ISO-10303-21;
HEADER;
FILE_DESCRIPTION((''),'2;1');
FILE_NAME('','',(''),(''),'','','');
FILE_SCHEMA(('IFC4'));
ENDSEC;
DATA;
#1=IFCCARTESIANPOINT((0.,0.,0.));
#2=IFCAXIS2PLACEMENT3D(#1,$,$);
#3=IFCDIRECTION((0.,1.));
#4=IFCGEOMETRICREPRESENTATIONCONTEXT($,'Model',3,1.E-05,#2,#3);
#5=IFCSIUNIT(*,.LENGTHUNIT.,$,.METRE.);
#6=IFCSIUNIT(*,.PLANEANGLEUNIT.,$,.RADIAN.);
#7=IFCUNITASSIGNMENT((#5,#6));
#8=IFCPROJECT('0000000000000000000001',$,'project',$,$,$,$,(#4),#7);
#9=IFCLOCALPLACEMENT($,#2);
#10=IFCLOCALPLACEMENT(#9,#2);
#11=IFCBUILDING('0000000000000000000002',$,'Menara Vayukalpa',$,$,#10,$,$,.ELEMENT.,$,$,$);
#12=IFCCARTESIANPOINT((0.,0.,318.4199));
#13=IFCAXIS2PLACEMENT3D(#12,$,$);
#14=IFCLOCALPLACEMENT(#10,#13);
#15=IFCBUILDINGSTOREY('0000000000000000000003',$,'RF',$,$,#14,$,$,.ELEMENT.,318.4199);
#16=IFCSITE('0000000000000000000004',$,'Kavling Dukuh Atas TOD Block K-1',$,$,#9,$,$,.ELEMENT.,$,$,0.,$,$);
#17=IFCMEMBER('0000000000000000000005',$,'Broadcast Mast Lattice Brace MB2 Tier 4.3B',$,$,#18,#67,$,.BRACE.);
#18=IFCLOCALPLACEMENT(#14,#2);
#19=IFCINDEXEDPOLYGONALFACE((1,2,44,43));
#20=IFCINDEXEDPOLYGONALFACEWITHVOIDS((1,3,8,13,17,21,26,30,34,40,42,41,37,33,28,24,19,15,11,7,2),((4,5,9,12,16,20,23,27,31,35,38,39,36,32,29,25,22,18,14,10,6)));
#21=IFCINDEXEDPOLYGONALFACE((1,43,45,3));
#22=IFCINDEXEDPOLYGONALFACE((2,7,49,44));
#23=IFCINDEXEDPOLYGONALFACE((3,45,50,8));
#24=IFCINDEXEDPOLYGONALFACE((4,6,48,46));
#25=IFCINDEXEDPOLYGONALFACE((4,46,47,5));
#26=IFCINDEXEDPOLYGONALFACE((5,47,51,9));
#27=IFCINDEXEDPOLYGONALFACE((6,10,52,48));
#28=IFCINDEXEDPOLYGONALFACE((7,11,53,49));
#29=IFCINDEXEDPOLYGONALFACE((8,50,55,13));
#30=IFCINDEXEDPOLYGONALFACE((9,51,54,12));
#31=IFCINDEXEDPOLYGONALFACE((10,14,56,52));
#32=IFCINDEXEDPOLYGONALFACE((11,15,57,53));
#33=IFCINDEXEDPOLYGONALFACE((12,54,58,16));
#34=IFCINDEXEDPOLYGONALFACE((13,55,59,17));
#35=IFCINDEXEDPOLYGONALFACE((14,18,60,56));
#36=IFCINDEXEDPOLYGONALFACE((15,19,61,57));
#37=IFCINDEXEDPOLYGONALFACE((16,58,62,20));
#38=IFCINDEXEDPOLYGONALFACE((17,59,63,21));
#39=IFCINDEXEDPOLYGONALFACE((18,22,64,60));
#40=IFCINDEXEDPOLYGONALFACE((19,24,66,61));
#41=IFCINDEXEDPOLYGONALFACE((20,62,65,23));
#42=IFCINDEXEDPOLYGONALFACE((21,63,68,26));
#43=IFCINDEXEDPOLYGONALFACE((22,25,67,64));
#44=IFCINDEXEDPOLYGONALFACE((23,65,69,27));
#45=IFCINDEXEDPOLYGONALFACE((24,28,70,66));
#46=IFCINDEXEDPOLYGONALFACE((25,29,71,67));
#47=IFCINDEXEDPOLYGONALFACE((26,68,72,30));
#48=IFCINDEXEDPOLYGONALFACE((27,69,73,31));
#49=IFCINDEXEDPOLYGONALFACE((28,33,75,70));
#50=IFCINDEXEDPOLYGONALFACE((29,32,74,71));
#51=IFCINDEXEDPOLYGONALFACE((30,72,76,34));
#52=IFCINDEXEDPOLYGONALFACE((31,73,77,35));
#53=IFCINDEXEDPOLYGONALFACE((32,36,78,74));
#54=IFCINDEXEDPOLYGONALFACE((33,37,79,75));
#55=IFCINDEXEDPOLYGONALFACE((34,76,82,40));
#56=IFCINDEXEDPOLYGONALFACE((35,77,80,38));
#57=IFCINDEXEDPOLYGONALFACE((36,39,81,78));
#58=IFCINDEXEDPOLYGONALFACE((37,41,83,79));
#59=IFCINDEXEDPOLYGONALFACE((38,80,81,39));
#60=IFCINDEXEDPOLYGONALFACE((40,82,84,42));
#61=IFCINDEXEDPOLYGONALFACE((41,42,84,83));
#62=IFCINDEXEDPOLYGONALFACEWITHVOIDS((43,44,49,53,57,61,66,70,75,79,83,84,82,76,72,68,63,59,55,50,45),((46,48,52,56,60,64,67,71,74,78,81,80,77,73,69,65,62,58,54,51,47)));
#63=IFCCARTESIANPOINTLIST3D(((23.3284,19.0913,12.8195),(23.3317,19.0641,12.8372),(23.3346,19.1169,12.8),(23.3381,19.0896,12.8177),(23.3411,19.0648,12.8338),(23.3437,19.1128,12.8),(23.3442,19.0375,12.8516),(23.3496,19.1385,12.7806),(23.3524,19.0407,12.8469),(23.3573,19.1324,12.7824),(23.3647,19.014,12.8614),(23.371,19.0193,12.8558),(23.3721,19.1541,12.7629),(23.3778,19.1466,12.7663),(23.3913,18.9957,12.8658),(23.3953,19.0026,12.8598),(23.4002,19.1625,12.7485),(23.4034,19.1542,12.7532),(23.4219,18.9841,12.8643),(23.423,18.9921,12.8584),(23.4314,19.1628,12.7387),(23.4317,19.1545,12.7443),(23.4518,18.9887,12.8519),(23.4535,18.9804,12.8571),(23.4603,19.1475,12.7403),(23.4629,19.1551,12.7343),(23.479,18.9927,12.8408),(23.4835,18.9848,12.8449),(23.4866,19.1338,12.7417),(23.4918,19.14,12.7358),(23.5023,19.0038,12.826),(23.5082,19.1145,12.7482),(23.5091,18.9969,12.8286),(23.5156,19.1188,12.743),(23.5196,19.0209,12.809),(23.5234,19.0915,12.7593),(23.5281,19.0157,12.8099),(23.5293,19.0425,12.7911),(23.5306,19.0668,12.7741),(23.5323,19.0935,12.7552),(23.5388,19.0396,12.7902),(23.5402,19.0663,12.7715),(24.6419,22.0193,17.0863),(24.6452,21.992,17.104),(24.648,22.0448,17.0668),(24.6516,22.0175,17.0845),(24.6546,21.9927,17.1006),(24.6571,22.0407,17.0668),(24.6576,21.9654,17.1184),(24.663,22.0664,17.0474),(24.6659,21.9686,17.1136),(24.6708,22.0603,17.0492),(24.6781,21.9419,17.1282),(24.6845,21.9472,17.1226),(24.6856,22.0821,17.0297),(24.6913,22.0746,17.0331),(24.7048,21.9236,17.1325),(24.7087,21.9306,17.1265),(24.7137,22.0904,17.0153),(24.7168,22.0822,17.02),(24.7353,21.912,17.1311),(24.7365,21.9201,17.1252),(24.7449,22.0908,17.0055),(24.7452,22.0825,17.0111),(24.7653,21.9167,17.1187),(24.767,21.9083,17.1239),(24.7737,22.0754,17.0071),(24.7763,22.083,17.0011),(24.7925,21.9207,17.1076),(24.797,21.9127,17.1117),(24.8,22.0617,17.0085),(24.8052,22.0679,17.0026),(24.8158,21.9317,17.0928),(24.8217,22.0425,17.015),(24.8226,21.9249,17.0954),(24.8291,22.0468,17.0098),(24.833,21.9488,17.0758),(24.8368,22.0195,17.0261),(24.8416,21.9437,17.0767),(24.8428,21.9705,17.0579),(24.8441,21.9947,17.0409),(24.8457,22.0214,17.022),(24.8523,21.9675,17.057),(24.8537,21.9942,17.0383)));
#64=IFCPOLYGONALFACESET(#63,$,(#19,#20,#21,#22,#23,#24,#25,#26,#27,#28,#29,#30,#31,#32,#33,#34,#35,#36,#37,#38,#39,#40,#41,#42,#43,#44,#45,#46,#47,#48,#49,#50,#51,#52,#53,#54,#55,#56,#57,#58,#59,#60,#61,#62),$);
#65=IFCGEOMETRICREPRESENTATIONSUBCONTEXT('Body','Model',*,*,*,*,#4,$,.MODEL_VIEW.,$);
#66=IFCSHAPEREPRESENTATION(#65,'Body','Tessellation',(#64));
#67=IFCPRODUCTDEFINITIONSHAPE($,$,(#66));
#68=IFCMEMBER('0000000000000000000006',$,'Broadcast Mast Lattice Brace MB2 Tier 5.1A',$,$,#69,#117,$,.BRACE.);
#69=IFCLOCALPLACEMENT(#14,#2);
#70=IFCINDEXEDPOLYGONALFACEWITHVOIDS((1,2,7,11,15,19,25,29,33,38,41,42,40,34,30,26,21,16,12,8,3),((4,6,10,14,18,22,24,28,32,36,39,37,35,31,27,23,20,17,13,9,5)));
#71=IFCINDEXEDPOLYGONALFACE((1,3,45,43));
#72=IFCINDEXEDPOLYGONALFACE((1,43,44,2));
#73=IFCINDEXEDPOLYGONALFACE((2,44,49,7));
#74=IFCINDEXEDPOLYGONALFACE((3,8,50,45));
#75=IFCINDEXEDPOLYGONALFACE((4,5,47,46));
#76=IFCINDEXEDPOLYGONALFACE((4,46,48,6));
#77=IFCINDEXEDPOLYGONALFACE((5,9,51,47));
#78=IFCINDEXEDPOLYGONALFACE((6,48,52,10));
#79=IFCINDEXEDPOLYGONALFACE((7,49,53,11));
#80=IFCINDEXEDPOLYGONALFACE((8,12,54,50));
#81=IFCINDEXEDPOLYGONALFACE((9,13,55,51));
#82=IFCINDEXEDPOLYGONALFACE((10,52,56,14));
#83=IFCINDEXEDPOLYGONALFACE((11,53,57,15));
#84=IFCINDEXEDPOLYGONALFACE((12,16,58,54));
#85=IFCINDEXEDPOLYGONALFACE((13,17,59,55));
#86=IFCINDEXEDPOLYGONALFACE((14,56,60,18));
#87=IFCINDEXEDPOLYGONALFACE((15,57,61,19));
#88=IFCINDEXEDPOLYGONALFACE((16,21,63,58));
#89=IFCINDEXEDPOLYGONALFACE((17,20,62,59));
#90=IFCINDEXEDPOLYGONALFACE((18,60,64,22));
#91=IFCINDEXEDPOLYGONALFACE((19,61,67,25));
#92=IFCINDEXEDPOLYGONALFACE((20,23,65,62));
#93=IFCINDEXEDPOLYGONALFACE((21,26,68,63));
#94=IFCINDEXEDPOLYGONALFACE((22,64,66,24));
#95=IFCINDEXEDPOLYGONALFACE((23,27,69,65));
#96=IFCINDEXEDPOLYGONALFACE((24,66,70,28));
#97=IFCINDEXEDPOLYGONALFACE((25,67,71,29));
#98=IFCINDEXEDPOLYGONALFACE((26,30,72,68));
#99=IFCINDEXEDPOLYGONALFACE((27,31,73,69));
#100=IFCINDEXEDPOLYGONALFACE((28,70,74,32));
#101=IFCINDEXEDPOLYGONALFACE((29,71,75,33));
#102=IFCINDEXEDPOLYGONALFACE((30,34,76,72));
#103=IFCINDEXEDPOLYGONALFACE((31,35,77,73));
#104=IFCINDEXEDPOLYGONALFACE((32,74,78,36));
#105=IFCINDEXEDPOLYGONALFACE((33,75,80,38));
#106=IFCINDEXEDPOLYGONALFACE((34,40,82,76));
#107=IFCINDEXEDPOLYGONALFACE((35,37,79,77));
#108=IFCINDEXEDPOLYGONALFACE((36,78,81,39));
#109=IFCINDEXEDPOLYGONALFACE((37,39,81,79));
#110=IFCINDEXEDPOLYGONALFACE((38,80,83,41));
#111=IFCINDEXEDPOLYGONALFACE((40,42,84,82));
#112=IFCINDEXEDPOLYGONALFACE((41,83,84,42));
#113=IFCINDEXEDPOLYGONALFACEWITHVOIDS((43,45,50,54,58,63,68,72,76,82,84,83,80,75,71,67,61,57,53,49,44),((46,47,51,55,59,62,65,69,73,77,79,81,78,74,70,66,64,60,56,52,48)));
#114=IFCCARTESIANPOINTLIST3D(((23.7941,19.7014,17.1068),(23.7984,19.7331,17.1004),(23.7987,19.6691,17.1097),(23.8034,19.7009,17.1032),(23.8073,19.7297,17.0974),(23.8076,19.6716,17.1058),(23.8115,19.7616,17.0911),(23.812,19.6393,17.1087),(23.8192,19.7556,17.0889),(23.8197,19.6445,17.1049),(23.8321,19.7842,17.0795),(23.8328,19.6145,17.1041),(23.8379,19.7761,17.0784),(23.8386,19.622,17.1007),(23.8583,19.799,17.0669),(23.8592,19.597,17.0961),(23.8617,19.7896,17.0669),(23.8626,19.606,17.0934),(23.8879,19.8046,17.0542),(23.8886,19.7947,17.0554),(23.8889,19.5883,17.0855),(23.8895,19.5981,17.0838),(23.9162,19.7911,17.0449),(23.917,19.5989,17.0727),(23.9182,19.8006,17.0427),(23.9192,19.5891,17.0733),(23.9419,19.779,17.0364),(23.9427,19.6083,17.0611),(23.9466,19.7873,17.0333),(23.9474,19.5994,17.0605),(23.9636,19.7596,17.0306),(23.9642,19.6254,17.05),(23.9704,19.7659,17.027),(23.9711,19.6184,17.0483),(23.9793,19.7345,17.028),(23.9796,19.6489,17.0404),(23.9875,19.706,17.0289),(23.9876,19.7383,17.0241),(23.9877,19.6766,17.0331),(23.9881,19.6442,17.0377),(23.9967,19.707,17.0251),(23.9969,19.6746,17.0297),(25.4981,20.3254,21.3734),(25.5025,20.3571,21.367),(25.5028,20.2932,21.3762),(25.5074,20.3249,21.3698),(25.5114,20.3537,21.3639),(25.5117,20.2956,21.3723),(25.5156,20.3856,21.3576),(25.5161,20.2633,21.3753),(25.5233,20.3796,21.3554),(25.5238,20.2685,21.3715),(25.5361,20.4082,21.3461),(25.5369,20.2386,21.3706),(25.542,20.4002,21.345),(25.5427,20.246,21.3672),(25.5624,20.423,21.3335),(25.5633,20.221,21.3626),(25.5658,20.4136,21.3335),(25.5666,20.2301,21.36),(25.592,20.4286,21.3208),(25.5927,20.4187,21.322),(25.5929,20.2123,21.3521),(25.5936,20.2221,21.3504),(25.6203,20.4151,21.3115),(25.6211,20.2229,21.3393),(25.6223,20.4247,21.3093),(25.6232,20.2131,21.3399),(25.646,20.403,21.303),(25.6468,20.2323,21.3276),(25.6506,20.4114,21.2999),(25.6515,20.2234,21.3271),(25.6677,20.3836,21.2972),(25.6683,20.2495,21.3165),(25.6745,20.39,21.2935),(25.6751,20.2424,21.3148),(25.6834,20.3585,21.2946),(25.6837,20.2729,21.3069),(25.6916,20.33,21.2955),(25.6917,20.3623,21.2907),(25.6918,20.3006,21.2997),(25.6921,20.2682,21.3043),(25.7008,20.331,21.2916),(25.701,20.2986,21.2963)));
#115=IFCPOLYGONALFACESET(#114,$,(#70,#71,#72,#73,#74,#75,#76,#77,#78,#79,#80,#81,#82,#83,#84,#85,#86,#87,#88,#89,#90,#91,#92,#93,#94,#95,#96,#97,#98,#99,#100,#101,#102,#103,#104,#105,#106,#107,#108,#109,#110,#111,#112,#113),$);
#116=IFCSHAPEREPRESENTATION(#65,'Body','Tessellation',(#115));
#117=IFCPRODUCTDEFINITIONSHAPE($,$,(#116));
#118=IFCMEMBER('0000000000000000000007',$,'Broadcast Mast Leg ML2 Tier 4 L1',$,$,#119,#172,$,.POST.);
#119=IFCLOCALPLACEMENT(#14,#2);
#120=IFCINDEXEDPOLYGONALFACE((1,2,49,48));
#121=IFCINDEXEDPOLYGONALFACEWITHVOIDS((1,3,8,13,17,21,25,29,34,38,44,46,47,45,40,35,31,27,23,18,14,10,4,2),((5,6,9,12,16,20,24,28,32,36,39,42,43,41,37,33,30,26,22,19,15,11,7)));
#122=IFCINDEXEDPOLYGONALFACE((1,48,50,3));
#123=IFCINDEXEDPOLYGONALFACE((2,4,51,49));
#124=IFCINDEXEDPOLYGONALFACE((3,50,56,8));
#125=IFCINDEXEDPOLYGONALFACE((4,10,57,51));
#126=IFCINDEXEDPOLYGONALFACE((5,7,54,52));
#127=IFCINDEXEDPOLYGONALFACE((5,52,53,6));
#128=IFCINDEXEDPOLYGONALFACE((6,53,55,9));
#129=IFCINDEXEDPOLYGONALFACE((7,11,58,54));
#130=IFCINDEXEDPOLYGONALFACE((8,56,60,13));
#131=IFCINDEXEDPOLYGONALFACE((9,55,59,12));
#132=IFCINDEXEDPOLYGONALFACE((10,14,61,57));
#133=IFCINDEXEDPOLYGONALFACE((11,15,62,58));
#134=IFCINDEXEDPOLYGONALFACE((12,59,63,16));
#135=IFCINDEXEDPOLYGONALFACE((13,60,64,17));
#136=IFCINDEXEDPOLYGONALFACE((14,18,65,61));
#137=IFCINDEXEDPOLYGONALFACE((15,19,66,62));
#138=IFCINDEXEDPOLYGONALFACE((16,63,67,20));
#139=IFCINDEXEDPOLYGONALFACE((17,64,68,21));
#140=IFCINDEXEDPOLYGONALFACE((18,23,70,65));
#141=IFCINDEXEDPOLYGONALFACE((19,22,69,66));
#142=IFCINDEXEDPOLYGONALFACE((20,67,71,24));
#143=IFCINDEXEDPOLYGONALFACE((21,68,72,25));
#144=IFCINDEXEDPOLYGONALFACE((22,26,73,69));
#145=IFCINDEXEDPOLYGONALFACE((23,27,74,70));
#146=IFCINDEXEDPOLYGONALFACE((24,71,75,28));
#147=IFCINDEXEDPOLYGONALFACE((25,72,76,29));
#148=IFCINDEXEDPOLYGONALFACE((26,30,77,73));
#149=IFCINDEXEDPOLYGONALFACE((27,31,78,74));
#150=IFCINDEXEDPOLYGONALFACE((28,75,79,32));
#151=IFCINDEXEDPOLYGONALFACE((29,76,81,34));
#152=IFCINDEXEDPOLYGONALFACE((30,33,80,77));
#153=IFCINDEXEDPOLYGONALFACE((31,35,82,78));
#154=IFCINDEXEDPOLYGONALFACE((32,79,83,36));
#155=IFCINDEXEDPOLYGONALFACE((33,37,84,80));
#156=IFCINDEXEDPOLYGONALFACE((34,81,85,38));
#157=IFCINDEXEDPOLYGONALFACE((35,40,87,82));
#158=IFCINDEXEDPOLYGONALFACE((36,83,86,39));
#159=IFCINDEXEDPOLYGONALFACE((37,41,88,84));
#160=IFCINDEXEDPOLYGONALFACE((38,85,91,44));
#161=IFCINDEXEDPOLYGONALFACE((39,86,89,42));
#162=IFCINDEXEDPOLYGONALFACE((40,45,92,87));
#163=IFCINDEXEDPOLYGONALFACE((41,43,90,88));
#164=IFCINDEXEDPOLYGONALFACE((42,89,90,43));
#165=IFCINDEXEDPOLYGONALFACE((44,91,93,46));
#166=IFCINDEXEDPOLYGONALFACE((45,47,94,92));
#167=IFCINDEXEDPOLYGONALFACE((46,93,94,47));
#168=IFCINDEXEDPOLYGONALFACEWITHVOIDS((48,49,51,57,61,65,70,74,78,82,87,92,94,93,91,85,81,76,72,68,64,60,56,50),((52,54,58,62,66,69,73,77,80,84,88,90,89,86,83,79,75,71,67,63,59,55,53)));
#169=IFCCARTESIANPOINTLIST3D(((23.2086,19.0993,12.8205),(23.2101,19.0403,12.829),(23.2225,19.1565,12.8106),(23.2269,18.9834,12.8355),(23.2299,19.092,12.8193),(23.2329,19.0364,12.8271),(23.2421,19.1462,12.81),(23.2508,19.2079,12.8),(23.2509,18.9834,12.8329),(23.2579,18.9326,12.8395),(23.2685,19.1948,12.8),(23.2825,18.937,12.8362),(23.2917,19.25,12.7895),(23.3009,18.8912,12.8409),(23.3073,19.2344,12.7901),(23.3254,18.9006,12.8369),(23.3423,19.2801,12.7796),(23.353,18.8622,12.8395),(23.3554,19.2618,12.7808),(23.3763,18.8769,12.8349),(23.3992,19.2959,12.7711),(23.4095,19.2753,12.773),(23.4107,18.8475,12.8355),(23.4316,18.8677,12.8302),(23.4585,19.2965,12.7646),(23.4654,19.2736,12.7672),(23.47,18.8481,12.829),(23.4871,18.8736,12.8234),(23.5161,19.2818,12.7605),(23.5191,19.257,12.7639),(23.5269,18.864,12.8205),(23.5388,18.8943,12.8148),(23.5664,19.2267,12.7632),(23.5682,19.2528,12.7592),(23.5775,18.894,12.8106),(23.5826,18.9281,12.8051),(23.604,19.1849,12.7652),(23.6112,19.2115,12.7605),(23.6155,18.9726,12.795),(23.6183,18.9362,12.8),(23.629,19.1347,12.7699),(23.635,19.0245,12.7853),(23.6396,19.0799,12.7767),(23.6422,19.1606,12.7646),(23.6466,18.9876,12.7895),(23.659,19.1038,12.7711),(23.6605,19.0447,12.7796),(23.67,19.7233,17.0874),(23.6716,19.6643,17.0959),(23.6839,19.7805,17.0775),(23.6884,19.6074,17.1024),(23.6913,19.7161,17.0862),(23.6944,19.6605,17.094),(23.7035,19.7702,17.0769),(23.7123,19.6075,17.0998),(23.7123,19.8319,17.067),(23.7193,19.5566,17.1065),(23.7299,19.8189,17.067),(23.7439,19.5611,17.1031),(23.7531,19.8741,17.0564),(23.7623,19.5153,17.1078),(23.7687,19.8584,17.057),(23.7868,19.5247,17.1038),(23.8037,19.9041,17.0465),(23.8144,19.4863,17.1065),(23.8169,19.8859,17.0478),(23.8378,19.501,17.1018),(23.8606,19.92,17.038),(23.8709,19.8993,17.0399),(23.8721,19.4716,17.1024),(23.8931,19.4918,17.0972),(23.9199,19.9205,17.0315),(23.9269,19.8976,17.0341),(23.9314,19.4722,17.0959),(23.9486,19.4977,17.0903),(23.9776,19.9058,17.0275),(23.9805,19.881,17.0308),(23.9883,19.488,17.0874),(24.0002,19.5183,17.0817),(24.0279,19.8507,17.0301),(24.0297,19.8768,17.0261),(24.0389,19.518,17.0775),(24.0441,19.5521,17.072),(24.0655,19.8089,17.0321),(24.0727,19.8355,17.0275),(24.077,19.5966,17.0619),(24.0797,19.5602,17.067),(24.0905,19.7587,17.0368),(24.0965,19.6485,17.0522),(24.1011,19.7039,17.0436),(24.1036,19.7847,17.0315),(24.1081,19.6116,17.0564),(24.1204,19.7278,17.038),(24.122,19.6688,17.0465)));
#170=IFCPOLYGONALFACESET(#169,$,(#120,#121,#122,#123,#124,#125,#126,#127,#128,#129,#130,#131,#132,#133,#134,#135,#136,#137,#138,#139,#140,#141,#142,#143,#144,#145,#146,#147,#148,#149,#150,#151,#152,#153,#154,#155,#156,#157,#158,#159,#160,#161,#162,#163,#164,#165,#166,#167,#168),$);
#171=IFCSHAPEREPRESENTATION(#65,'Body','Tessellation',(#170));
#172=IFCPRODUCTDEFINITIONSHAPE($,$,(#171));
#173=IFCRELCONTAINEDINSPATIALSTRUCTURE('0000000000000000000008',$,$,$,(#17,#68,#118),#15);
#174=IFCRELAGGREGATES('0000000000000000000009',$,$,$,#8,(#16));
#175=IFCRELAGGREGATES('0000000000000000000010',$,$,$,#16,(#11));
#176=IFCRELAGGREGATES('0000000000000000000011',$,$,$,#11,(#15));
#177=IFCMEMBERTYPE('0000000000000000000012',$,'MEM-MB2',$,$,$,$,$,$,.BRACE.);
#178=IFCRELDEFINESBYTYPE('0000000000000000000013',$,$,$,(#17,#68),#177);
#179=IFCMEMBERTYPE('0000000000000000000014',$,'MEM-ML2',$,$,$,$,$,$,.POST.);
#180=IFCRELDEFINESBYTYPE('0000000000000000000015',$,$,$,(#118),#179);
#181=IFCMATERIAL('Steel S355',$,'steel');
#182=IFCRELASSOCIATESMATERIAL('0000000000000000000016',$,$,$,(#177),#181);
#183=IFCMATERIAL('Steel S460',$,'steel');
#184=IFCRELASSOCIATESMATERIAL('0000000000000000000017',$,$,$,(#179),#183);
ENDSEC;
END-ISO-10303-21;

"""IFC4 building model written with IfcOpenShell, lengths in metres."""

from ifc_helpers import new_model, si_unit, direction, frame, origin, origin_2d, place, context, subcontext, project, spatial, hollow_circle, extrude, material, material_profile, profile_set, type_object, element, save


model = new_model("IFC4")

# Units and contexts
model_context = context("Model", 3, precision=1e-05, world=origin(), true_north=direction((0.0, 1.0)))
body_context = subcontext(model_context, "Body", "Model", "MODEL_VIEW")
ifc_project = project(units=[si_unit("LENGTHUNIT", "METRE"), si_unit("PLANEANGLEUNIT", "RADIAN")], contexts=[model_context])

# Site, building, storey
site_placement = place(None, origin())
site = spatial("IfcSite", under=ifc_project, at=site_placement, Name="Kavling Dukuh Atas TOD Block K-1", CompositionType="ELEMENT", RefElevation=0.0)
building_placement = place(site_placement, origin())
building = spatial("IfcBuilding", under=site, at=building_placement, Name="Menara Vayukalpa", CompositionType="ELEMENT")
storey_placement = place(building_placement, frame((0.0, 0.0, 318.4199)))
storey = spatial("IfcBuildingStorey", under=building, at=storey_placement, Name="RF", CompositionType="ELEMENT", Elevation=318.4199)

# Members
ifc_material_1 = material(Name="Steel S355", Category="steel")
ifc_material_profile_1 = material_profile(ifc_material_1, hollow_circle(Radius=0.1096, WallThickness=0.01, at=origin_2d()), Name="CHS 219.1x10")
ifc_profile_set_1 = profile_set([ifc_material_profile_1], Name="Steel S355")
member_type_1 = type_object("IfcMemberType", Name="MEM-MB2", PredefinedType="BRACE", material=ifc_profile_set_1)
member_1_placement = place(storey_placement, frame((23.4346, 19.072, 12.8), z_axis=(0.246018, 0.54842, 0.799194), x_axis=(-0.912401, 0.409298, 0.0)))
element("IfcMember", 1, at=member_1_placement, inside=storey, type_object=member_type_1, Name="Broadcast Mast Lattice Brace MB2 Tier 4.3B", PredefinedType="BRACE", context=body_context, shape_type="SweptSolid", body=[
    extrude(hollow_circle(Radius=0.1096, WallThickness=0.01, at=origin_2d()), origin(), (0.0, 0.0, 1.0), 5.3389),
])
member_2_placement = place(storey_placement, frame((23.896, 19.696, 17.0669), z_axis=(0.367539, 0.134589, 0.920218), x_axis=(-0.343859, 0.939021, 0.0)))
element("IfcMember", 2, at=member_2_placement, inside=storey, type_object=member_type_1, Name="Broadcast Mast Lattice Brace MB2 Tier 5.1A", PredefinedType="BRACE", context=body_context, shape_type="SweptSolid", body=[
    extrude(hollow_circle(Radius=0.1096, WallThickness=0.01, at=origin_2d()), origin(), (0.0, 0.0, 1.0), 4.6365),
])
ifc_material_2 = material(Name="Steel S460", Category="steel")
ifc_material_profile_2 = material_profile(ifc_material_2, hollow_circle(Radius=0.2285, WallThickness=0.022, at=origin_2d()), Name="CHS 457.2x22")
ifc_profile_set_2 = profile_set([ifc_material_profile_2], Name="Steel S460")
member_type_2 = type_object("IfcMemberType", Name="MEM-ML2", PredefinedType="POST", material=ifc_profile_set_2)
for number, where, z_axis, x_axis, name in (
    (3, (23.4346, 19.072, 12.8), (0.106396, 0.143889, 0.983858), (-0.804058, 0.59455, 0.0), "Broadcast Mast Leg ML2 Tier 4 L1"),
):
    element("IfcMember", number, at=place(storey_placement, frame(where, z_axis=z_axis, x_axis=x_axis)), inside=storey, type_object=member_type_2, Name=name, PredefinedType="POST", context=body_context, shape_type="SweptSolid", body=[
        extrude(hollow_circle(Radius=0.2285, WallThickness=0.022, at=origin_2d()), origin(), (0.0, 0.0, 1.0), 4.3369),
    ])

save(model, "model.ifc")
